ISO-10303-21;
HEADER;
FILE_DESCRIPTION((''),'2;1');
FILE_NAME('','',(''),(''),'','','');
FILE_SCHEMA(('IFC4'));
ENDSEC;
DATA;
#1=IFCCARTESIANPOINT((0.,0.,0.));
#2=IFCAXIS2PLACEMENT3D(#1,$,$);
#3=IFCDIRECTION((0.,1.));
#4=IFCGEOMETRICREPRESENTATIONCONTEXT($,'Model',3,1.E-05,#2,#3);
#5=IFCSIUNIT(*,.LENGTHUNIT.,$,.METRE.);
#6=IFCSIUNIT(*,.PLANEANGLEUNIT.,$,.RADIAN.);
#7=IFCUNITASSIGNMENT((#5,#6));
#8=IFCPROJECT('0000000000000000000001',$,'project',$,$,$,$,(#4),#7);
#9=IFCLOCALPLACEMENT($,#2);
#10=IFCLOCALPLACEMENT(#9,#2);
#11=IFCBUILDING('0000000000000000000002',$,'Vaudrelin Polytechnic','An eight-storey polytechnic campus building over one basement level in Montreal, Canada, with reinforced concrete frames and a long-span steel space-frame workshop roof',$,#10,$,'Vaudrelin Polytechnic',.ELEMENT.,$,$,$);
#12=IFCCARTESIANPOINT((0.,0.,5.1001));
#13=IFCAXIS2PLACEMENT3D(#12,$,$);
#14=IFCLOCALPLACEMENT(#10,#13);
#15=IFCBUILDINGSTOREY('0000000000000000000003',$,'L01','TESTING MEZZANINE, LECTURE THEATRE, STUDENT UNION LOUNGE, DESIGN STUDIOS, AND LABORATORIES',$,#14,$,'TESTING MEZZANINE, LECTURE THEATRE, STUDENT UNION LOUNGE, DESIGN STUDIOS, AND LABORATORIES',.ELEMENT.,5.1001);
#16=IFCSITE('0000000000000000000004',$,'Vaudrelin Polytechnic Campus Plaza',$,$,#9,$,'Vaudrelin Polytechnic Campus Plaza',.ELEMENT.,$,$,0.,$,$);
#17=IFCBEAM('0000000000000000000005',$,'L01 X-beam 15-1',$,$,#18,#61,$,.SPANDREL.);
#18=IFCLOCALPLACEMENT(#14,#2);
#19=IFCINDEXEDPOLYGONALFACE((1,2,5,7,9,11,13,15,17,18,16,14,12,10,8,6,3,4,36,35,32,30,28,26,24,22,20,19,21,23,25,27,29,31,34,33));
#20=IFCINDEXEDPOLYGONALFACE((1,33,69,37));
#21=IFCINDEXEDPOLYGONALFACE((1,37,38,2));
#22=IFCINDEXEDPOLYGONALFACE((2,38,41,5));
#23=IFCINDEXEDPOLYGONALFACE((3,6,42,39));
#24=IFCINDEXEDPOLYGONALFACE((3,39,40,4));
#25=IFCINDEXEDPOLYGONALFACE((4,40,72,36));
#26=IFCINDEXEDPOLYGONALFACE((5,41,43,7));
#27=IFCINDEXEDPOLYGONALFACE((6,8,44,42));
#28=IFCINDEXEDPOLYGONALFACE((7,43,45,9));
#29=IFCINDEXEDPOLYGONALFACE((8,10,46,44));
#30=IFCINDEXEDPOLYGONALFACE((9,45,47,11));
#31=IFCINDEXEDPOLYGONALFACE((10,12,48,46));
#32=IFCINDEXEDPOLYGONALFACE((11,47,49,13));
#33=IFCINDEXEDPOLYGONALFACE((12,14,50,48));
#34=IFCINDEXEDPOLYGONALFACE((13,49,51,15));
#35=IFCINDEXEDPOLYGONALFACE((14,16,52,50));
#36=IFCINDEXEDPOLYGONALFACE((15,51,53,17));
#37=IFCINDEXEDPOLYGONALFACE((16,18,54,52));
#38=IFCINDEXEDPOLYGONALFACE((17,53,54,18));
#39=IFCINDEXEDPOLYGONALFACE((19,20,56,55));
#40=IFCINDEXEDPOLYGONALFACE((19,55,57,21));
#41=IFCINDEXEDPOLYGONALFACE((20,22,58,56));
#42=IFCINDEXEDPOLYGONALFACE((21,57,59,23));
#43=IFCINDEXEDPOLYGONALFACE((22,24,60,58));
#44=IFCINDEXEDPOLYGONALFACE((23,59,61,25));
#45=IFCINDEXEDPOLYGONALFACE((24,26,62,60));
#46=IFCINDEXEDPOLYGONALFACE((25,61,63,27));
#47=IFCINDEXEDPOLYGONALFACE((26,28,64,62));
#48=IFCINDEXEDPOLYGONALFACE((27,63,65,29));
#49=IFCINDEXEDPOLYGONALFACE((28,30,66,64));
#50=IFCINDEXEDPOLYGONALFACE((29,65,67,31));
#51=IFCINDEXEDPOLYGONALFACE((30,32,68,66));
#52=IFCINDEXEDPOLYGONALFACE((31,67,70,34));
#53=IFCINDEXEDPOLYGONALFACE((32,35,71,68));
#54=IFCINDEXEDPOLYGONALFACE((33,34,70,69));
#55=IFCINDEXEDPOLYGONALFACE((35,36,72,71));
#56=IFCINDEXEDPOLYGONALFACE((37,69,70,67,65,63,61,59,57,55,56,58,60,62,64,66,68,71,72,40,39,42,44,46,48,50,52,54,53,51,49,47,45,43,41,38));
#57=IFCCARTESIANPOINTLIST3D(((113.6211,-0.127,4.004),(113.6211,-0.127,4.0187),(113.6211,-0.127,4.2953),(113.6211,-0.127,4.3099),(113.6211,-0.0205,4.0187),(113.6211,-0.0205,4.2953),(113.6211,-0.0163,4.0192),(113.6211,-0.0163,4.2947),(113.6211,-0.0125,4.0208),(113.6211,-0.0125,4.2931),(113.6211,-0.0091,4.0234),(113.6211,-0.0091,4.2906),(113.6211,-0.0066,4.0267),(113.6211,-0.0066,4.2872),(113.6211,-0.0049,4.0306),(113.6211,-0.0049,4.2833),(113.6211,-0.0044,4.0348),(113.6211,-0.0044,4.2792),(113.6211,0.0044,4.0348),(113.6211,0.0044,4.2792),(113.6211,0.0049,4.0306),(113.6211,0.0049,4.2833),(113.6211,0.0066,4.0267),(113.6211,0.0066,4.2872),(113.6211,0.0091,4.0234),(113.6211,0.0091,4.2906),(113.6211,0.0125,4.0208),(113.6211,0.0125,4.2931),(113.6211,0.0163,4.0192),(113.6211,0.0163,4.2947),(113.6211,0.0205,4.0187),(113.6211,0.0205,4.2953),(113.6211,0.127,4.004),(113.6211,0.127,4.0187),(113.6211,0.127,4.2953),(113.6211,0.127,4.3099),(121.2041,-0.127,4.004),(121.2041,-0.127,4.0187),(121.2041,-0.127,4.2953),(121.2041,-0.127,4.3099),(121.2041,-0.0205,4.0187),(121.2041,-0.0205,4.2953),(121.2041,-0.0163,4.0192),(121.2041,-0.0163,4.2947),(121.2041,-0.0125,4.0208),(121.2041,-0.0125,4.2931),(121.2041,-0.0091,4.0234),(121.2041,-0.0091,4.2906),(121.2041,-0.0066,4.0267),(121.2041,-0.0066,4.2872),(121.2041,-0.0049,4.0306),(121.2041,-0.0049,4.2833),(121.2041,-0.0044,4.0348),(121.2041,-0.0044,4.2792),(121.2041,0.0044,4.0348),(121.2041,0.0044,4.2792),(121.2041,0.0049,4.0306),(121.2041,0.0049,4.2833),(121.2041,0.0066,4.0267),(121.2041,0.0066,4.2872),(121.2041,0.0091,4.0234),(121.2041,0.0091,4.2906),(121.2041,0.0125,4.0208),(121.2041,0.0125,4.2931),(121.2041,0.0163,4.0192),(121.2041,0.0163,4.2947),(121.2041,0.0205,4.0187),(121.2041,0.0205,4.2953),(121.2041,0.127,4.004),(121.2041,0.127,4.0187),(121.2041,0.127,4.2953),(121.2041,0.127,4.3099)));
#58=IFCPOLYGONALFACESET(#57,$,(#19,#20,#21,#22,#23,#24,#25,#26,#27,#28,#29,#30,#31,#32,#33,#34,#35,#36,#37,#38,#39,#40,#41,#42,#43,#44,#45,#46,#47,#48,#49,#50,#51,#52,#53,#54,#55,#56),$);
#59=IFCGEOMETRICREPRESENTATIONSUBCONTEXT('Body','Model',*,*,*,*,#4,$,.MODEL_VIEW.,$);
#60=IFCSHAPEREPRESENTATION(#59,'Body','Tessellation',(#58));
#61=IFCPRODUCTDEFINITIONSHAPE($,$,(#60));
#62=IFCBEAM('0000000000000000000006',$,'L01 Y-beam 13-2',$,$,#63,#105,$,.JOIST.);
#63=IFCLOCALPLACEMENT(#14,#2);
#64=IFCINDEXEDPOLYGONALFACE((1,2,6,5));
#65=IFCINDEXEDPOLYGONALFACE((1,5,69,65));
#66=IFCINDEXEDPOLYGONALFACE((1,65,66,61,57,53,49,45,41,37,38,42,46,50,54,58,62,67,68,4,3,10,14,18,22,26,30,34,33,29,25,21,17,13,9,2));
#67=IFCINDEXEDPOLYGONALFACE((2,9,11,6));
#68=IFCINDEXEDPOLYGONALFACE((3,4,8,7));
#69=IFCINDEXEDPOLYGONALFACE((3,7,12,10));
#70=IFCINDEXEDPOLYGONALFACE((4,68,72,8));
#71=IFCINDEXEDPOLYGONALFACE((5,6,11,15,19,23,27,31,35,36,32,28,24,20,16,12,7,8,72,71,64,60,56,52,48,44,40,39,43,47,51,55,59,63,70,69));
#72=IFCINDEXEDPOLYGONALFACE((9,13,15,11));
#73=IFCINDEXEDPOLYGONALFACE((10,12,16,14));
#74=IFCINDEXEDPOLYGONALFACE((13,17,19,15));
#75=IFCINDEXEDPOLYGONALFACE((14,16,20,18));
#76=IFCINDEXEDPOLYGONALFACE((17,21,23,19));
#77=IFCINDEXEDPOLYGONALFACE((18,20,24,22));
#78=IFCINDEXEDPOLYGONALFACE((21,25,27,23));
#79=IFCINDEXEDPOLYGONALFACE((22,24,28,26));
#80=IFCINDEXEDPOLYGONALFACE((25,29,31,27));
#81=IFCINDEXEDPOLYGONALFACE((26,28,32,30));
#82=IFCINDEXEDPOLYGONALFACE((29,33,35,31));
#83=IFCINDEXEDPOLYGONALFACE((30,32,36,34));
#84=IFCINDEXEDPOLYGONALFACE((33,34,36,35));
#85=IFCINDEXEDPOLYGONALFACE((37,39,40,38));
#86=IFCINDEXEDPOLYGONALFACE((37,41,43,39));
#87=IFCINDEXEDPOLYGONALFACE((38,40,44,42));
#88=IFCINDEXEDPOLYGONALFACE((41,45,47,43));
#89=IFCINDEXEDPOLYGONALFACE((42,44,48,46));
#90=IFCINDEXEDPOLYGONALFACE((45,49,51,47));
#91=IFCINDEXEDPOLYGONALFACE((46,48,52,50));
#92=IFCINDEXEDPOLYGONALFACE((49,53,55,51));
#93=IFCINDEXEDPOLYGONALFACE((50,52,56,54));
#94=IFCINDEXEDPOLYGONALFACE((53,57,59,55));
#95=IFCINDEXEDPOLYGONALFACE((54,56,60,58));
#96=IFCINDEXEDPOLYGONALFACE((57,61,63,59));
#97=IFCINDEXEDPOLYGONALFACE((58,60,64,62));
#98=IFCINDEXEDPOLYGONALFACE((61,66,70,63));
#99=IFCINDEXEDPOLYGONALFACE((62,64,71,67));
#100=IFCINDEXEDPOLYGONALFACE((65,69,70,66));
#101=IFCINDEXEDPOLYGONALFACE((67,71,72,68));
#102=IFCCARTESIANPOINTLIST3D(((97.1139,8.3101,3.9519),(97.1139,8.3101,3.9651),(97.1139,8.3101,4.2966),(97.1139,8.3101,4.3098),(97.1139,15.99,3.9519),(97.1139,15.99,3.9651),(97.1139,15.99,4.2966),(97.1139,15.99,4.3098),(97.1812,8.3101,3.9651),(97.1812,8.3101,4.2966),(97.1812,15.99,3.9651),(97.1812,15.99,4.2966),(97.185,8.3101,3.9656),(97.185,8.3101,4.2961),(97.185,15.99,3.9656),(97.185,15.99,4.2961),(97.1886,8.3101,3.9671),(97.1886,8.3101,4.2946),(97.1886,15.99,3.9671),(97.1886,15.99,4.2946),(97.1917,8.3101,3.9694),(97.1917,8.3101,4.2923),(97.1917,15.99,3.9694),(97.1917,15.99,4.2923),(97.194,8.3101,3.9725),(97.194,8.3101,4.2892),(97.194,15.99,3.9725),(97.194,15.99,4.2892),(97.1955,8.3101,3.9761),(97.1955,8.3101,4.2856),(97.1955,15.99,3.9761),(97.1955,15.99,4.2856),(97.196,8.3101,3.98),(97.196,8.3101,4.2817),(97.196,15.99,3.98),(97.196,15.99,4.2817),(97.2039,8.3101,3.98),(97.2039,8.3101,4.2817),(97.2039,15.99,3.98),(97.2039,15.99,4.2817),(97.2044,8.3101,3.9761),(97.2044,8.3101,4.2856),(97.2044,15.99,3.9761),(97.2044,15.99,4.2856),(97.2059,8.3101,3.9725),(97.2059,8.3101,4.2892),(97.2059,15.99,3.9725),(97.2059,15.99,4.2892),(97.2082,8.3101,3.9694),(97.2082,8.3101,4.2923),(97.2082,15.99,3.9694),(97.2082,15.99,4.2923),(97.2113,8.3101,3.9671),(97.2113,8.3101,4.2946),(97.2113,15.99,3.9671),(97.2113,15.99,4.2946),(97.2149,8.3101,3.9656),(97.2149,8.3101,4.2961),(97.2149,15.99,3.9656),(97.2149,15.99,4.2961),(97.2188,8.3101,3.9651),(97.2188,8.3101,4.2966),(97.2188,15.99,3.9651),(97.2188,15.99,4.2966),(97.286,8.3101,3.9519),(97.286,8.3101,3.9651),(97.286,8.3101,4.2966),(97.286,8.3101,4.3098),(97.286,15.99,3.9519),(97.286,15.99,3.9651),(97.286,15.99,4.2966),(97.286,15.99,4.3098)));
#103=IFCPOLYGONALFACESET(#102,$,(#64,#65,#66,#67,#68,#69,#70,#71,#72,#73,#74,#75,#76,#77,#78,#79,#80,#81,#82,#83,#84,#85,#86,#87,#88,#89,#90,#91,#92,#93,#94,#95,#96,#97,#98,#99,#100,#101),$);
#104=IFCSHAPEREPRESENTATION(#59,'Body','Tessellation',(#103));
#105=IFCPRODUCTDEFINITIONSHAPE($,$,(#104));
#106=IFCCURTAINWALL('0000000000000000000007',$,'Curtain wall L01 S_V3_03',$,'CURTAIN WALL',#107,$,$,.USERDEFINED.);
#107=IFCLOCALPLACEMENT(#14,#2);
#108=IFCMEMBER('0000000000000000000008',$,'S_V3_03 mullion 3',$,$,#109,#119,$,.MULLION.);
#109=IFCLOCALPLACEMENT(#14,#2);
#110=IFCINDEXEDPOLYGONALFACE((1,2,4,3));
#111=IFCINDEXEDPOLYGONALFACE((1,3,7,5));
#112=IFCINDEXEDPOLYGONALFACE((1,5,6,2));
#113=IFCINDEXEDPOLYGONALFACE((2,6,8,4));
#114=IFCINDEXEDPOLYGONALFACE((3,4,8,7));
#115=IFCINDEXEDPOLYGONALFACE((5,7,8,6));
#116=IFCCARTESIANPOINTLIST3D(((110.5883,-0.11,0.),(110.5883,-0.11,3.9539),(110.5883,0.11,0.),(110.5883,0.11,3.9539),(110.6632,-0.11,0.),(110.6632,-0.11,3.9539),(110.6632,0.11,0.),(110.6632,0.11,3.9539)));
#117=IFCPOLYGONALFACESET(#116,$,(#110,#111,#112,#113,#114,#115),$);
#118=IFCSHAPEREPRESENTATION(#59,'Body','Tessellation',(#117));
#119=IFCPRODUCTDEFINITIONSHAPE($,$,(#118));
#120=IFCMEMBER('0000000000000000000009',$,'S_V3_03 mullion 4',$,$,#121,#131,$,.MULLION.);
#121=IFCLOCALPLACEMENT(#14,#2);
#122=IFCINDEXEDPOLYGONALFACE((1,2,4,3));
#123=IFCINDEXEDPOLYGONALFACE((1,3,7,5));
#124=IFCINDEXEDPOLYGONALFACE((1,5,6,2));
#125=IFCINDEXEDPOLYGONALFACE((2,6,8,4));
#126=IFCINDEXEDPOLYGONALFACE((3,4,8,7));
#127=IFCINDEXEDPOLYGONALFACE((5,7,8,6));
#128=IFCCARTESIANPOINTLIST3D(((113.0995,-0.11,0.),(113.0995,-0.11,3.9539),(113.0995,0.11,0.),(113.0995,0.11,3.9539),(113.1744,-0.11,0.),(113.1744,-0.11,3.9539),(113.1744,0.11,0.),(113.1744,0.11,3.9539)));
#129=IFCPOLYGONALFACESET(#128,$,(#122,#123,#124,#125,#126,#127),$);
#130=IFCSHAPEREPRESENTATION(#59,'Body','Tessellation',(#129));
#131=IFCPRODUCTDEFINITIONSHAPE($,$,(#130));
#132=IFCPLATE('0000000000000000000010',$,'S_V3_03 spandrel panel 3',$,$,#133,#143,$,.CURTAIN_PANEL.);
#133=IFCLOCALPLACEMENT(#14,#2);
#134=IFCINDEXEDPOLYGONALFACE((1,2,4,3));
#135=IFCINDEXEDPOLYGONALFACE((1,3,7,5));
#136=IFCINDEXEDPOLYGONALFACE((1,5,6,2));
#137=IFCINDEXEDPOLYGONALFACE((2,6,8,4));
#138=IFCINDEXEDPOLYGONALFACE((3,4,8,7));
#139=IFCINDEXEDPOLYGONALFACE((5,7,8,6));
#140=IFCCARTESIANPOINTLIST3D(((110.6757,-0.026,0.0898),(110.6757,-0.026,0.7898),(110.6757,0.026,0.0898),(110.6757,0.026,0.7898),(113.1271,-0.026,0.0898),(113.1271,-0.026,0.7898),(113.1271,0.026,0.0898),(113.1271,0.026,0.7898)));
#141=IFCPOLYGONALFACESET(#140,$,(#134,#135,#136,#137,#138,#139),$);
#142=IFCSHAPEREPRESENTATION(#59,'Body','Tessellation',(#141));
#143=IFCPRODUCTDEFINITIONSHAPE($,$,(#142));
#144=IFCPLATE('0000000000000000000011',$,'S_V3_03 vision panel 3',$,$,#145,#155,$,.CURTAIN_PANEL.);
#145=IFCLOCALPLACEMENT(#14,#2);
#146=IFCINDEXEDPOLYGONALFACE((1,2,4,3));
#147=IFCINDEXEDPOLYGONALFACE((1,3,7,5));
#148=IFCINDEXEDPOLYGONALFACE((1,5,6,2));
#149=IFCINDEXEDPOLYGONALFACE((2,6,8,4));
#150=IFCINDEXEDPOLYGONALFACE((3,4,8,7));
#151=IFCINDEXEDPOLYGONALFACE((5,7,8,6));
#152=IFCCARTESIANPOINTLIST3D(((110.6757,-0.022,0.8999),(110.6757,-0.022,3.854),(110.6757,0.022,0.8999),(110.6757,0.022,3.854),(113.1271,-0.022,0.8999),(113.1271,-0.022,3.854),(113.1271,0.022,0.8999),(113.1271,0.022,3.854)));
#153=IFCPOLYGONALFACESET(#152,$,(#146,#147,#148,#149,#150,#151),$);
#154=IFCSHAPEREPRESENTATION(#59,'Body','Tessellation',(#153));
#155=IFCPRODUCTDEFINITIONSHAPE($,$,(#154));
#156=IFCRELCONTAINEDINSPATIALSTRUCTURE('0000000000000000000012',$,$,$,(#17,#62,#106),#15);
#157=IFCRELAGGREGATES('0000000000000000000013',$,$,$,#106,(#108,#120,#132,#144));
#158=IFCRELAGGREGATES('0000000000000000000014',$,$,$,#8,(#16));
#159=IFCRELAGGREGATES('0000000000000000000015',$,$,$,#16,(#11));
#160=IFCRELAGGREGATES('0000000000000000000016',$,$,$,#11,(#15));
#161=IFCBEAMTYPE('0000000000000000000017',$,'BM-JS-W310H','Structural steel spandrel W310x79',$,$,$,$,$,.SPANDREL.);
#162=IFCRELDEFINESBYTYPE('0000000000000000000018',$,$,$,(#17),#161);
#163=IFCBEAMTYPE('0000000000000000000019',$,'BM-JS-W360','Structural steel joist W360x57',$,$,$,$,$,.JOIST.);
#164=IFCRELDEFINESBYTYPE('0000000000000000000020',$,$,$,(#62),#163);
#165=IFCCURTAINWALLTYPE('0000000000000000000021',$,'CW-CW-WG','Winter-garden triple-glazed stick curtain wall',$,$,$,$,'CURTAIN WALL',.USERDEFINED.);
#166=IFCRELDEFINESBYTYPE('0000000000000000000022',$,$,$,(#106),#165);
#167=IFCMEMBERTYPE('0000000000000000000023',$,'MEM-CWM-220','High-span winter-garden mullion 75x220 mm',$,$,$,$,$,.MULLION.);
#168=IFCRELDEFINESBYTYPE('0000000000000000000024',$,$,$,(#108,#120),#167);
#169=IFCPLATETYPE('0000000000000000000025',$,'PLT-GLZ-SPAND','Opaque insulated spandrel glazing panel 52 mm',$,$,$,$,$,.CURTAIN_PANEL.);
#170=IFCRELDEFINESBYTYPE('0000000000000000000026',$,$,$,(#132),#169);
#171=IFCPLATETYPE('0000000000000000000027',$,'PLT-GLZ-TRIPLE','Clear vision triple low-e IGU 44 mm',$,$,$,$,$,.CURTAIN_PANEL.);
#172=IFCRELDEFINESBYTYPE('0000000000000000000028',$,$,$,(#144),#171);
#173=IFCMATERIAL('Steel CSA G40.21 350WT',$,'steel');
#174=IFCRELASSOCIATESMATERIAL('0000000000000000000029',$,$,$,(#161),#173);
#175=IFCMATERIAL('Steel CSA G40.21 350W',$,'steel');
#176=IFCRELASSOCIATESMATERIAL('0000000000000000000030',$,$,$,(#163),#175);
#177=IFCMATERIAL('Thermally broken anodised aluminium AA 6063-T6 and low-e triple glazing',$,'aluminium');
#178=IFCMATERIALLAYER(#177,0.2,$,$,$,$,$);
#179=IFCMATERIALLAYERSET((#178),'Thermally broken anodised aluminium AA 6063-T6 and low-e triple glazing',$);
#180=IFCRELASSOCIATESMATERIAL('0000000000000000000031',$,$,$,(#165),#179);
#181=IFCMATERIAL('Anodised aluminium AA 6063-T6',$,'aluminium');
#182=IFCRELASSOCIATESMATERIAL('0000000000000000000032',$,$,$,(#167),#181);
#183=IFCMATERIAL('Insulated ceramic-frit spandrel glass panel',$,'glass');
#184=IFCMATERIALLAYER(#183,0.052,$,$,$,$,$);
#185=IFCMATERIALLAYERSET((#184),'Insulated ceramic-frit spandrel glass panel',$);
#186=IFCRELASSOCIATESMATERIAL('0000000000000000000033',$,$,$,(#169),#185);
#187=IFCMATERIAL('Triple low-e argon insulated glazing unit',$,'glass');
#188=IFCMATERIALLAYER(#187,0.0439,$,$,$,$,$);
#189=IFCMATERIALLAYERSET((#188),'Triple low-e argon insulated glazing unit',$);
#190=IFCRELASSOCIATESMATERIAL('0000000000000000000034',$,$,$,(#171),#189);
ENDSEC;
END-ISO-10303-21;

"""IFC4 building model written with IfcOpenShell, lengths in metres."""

from ifc_helpers import new_model, si_unit, direction, frame, origin, origin_2d, place, context, subcontext, project, spatial, rectangle, i_section, extrude, material, layer, layer_set, material_profile, profile_set, type_object, element, aggregate, save


model = new_model("IFC4")

# Units and contexts
model_context = context("Model", 3, precision=1e-05, world=origin(), true_north=direction((0.0, 1.0)))
body_context = subcontext(model_context, "Body", "Model", "MODEL_VIEW")
ifc_project = project(units=[si_unit("LENGTHUNIT", "METRE"), si_unit("PLANEANGLEUNIT", "RADIAN")], contexts=[model_context])

# Site, building, storey
site_placement = place(None, origin())
site = spatial("IfcSite", under=ifc_project, at=site_placement, Name="Vaudrelin Polytechnic Campus Plaza", LongName="Vaudrelin Polytechnic Campus Plaza", CompositionType="ELEMENT", RefElevation=0.0)
building_placement = place(site_placement, origin())
building = spatial("IfcBuilding", under=site, at=building_placement, Name="Vaudrelin Polytechnic", Description="An eight-storey polytechnic campus building over one basement level in Montreal, Canada, with reinforced concrete frames and a long-span steel space-frame workshop roof", LongName="Vaudrelin Polytechnic", CompositionType="ELEMENT")
storey_placement = place(building_placement, frame((0.0, 0.0, 5.1001)))
storey = spatial("IfcBuildingStorey", under=building, at=storey_placement, Name="L01", Description="TESTING MEZZANINE, LECTURE THEATRE, STUDENT UNION LOUNGE, DESIGN STUDIOS, AND LABORATORIES", LongName="TESTING MEZZANINE, LECTURE THEATRE, STUDENT UNION LOUNGE, DESIGN STUDIOS, AND LABORATORIES", CompositionType="ELEMENT", Elevation=5.1001)

# Beams
ifc_material_1 = material(Name="Steel CSA G40.21 350W", Category="steel")
ifc_material_2 = material(Name="Steel CSA G40.21 350WT", Category="steel")
ifc_material_profile_1 = material_profile(ifc_material_2, i_section(OverallWidth=0.2539, OverallDepth=0.3059, WebThickness=0.0088, FlangeThickness=0.0146, FilletRadius=0.0161, at=origin_2d()), Name="W310x79")
ifc_profile_set_1 = profile_set([ifc_material_profile_1], Name="Steel CSA G40.21 350WT")
beam_type_1 = type_object("IfcBeamType", Name="BM-JS-W310H", Description="Structural steel spandrel W310x79", PredefinedType="SPANDREL", material=ifc_profile_set_1)
for number, where, z_axis, x_axis, name in (
    (1, (113.6211, 0.0, 4.157), (1.0, 0.0, 0.0), (0.0, 1.0, 0.0), "L01 X-beam 15-1"),
):
    element("IfcBeam", number, at=place(storey_placement, frame(where, z_axis=z_axis, x_axis=x_axis)), inside=storey, type_object=beam_type_1, Name=name, PredefinedType="SPANDREL", context=body_context, shape_type="SweptSolid", body=[
        extrude(i_section(OverallWidth=0.2539, OverallDepth=0.3059, WebThickness=0.0088, FlangeThickness=0.0146, FilletRadius=0.0161, at=origin_2d()), origin(), (0.0, 0.0, 1.0), 7.583),
    ])
ifc_material_profile_2 = material_profile(ifc_material_1, i_section(OverallWidth=0.1721, OverallDepth=0.3579, WebThickness=0.0078, FlangeThickness=0.0132, FilletRadius=0.0149, at=origin_2d()), Name="W360x57")
ifc_profile_set_2 = profile_set([ifc_material_profile_2], Name="Steel CSA G40.21 350W")
beam_type_2 = type_object("IfcBeamType", Name="BM-JS-W360", Description="Structural steel joist W360x57", PredefinedType="JOIST", material=ifc_profile_set_2)
beam_1_placement = place(storey_placement, frame((97.2, 8.3101, 4.1309), z_axis=(0.0, 1.0, 0.0), x_axis=(-1.0, 0.0, 0.0)))
element("IfcBeam", 2, at=beam_1_placement, inside=storey, type_object=beam_type_2, Name="L01 Y-beam 13-2", PredefinedType="JOIST", context=body_context, shape_type="SweptSolid", body=[
    extrude(i_section(OverallWidth=0.1721, OverallDepth=0.3579, WebThickness=0.0078, FlangeThickness=0.0132, FilletRadius=0.0149, at=origin_2d()), origin(), (0.0, 0.0, 1.0), 7.6799),
])

# Curtain wall, members, plates
ifc_material_3 = material(Name="Thermally broken anodised aluminium AA 6063-T6 and low-e triple glazing", Category="aluminium")
ifc_layer_1 = layer(ifc_material_3, 0.2)
ifc_layer_set_1 = layer_set([ifc_layer_1], Name="Thermally broken anodised aluminium AA 6063-T6 and low-e triple glazing")
curtain_wall_type = type_object("IfcCurtainWallType", Name="CW-CW-WG", Description="Winter-garden triple-glazed stick curtain wall", ElementType="CURTAIN WALL", PredefinedType="USERDEFINED", material=ifc_layer_set_1)
curtain_wall_placement = place(storey_placement, origin())
curtain_wall = element("IfcCurtainWall", 3, at=curtain_wall_placement, inside=storey, type_object=curtain_wall_type, Name="Curtain wall L01 S_V3_03", ObjectType="CURTAIN WALL", PredefinedType="USERDEFINED")
ifc_material_4 = material(Name="Anodised aluminium AA 6063-T6", Category="aluminium")
ifc_material_profile_3 = material_profile(ifc_material_4, rectangle(XDim=0.075, YDim=0.22, at=origin_2d()), Name="CWM-75x220")
ifc_profile_set_3 = profile_set([ifc_material_profile_3], Name="Anodised aluminium AA 6063-T6")
member_type = type_object("IfcMemberType", Name="MEM-CWM-220", Description="High-span winter-garden mullion 75x220 mm", PredefinedType="MULLION", material=ifc_profile_set_3)
member_1_placement = place(storey_placement, frame((110.6257, 0.0, 0.0), z_axis=(0.0, 0.0, 1.0), x_axis=(1.0, 0.0, 0.0)))
member_1 = element("IfcMember", 4, at=member_1_placement, type_object=member_type, Name="S_V3_03 mullion 3", PredefinedType="MULLION", context=body_context, shape_type="SweptSolid", body=[
    extrude(rectangle(XDim=0.075, YDim=0.22, at=origin_2d()), origin(), (0.0, 0.0, 1.0), 3.9539),
])
member_2_placement = place(storey_placement, frame((113.137, 0.0, 0.0), z_axis=(0.0, 0.0, 1.0), x_axis=(1.0, 0.0, 0.0)))
member_2 = element("IfcMember", 5, at=member_2_placement, type_object=member_type, Name="S_V3_03 mullion 4", PredefinedType="MULLION", context=body_context, shape_type="SweptSolid", body=[
    extrude(rectangle(XDim=0.075, YDim=0.22, at=origin_2d()), origin(), (0.0, 0.0, 1.0), 3.9539),
])
ifc_material_5 = material(Name="Insulated ceramic-frit spandrel glass panel", Category="glass")
ifc_layer_2 = layer(ifc_material_5, 0.052)
ifc_layer_set_2 = layer_set([ifc_layer_2], Name="Insulated ceramic-frit spandrel glass panel")
plate_type_1 = type_object("IfcPlateType", Name="PLT-GLZ-SPAND", Description="Opaque insulated spandrel glazing panel 52 mm", PredefinedType="CURTAIN_PANEL", material=ifc_layer_set_2)
plate_1_placement = place(storey_placement, frame((111.9014, 0.0, 0.0898), z_axis=(0.0, 0.0, 1.0), x_axis=(1.0, 0.0, 0.0)))
plate_1 = element("IfcPlate", 6, at=plate_1_placement, type_object=plate_type_1, Name="S_V3_03 spandrel panel 3", PredefinedType="CURTAIN_PANEL", context=body_context, shape_type="SweptSolid", body=[
    extrude(rectangle(XDim=2.4514, YDim=0.052, at=origin_2d()), origin(), (0.0, 0.0, 1.0), 0.7),
])
ifc_material_6 = material(Name="Triple low-e argon insulated glazing unit", Category="glass")
ifc_layer_3 = layer(ifc_material_6, 0.0439)
ifc_layer_set_3 = layer_set([ifc_layer_3], Name="Triple low-e argon insulated glazing unit")
plate_type_2 = type_object("IfcPlateType", Name="PLT-GLZ-TRIPLE", Description="Clear vision triple low-e IGU 44 mm", PredefinedType="CURTAIN_PANEL", material=ifc_layer_set_3)
plate_2_placement = place(storey_placement, frame((111.9014, 0.0, 0.8999), z_axis=(0.0, 0.0, 1.0), x_axis=(1.0, 0.0, 0.0)))
plate_2 = element("IfcPlate", 7, at=plate_2_placement, type_object=plate_type_2, Name="S_V3_03 vision panel 3", PredefinedType="CURTAIN_PANEL", context=body_context, shape_type="SweptSolid", body=[
    extrude(rectangle(XDim=2.4514, YDim=0.0439, at=origin_2d()), origin(), (0.0, 0.0, 1.0), 2.9541),
])
aggregate(curtain_wall, [member_1, member_2, plate_1, plate_2])

save(model, "model.ifc")
